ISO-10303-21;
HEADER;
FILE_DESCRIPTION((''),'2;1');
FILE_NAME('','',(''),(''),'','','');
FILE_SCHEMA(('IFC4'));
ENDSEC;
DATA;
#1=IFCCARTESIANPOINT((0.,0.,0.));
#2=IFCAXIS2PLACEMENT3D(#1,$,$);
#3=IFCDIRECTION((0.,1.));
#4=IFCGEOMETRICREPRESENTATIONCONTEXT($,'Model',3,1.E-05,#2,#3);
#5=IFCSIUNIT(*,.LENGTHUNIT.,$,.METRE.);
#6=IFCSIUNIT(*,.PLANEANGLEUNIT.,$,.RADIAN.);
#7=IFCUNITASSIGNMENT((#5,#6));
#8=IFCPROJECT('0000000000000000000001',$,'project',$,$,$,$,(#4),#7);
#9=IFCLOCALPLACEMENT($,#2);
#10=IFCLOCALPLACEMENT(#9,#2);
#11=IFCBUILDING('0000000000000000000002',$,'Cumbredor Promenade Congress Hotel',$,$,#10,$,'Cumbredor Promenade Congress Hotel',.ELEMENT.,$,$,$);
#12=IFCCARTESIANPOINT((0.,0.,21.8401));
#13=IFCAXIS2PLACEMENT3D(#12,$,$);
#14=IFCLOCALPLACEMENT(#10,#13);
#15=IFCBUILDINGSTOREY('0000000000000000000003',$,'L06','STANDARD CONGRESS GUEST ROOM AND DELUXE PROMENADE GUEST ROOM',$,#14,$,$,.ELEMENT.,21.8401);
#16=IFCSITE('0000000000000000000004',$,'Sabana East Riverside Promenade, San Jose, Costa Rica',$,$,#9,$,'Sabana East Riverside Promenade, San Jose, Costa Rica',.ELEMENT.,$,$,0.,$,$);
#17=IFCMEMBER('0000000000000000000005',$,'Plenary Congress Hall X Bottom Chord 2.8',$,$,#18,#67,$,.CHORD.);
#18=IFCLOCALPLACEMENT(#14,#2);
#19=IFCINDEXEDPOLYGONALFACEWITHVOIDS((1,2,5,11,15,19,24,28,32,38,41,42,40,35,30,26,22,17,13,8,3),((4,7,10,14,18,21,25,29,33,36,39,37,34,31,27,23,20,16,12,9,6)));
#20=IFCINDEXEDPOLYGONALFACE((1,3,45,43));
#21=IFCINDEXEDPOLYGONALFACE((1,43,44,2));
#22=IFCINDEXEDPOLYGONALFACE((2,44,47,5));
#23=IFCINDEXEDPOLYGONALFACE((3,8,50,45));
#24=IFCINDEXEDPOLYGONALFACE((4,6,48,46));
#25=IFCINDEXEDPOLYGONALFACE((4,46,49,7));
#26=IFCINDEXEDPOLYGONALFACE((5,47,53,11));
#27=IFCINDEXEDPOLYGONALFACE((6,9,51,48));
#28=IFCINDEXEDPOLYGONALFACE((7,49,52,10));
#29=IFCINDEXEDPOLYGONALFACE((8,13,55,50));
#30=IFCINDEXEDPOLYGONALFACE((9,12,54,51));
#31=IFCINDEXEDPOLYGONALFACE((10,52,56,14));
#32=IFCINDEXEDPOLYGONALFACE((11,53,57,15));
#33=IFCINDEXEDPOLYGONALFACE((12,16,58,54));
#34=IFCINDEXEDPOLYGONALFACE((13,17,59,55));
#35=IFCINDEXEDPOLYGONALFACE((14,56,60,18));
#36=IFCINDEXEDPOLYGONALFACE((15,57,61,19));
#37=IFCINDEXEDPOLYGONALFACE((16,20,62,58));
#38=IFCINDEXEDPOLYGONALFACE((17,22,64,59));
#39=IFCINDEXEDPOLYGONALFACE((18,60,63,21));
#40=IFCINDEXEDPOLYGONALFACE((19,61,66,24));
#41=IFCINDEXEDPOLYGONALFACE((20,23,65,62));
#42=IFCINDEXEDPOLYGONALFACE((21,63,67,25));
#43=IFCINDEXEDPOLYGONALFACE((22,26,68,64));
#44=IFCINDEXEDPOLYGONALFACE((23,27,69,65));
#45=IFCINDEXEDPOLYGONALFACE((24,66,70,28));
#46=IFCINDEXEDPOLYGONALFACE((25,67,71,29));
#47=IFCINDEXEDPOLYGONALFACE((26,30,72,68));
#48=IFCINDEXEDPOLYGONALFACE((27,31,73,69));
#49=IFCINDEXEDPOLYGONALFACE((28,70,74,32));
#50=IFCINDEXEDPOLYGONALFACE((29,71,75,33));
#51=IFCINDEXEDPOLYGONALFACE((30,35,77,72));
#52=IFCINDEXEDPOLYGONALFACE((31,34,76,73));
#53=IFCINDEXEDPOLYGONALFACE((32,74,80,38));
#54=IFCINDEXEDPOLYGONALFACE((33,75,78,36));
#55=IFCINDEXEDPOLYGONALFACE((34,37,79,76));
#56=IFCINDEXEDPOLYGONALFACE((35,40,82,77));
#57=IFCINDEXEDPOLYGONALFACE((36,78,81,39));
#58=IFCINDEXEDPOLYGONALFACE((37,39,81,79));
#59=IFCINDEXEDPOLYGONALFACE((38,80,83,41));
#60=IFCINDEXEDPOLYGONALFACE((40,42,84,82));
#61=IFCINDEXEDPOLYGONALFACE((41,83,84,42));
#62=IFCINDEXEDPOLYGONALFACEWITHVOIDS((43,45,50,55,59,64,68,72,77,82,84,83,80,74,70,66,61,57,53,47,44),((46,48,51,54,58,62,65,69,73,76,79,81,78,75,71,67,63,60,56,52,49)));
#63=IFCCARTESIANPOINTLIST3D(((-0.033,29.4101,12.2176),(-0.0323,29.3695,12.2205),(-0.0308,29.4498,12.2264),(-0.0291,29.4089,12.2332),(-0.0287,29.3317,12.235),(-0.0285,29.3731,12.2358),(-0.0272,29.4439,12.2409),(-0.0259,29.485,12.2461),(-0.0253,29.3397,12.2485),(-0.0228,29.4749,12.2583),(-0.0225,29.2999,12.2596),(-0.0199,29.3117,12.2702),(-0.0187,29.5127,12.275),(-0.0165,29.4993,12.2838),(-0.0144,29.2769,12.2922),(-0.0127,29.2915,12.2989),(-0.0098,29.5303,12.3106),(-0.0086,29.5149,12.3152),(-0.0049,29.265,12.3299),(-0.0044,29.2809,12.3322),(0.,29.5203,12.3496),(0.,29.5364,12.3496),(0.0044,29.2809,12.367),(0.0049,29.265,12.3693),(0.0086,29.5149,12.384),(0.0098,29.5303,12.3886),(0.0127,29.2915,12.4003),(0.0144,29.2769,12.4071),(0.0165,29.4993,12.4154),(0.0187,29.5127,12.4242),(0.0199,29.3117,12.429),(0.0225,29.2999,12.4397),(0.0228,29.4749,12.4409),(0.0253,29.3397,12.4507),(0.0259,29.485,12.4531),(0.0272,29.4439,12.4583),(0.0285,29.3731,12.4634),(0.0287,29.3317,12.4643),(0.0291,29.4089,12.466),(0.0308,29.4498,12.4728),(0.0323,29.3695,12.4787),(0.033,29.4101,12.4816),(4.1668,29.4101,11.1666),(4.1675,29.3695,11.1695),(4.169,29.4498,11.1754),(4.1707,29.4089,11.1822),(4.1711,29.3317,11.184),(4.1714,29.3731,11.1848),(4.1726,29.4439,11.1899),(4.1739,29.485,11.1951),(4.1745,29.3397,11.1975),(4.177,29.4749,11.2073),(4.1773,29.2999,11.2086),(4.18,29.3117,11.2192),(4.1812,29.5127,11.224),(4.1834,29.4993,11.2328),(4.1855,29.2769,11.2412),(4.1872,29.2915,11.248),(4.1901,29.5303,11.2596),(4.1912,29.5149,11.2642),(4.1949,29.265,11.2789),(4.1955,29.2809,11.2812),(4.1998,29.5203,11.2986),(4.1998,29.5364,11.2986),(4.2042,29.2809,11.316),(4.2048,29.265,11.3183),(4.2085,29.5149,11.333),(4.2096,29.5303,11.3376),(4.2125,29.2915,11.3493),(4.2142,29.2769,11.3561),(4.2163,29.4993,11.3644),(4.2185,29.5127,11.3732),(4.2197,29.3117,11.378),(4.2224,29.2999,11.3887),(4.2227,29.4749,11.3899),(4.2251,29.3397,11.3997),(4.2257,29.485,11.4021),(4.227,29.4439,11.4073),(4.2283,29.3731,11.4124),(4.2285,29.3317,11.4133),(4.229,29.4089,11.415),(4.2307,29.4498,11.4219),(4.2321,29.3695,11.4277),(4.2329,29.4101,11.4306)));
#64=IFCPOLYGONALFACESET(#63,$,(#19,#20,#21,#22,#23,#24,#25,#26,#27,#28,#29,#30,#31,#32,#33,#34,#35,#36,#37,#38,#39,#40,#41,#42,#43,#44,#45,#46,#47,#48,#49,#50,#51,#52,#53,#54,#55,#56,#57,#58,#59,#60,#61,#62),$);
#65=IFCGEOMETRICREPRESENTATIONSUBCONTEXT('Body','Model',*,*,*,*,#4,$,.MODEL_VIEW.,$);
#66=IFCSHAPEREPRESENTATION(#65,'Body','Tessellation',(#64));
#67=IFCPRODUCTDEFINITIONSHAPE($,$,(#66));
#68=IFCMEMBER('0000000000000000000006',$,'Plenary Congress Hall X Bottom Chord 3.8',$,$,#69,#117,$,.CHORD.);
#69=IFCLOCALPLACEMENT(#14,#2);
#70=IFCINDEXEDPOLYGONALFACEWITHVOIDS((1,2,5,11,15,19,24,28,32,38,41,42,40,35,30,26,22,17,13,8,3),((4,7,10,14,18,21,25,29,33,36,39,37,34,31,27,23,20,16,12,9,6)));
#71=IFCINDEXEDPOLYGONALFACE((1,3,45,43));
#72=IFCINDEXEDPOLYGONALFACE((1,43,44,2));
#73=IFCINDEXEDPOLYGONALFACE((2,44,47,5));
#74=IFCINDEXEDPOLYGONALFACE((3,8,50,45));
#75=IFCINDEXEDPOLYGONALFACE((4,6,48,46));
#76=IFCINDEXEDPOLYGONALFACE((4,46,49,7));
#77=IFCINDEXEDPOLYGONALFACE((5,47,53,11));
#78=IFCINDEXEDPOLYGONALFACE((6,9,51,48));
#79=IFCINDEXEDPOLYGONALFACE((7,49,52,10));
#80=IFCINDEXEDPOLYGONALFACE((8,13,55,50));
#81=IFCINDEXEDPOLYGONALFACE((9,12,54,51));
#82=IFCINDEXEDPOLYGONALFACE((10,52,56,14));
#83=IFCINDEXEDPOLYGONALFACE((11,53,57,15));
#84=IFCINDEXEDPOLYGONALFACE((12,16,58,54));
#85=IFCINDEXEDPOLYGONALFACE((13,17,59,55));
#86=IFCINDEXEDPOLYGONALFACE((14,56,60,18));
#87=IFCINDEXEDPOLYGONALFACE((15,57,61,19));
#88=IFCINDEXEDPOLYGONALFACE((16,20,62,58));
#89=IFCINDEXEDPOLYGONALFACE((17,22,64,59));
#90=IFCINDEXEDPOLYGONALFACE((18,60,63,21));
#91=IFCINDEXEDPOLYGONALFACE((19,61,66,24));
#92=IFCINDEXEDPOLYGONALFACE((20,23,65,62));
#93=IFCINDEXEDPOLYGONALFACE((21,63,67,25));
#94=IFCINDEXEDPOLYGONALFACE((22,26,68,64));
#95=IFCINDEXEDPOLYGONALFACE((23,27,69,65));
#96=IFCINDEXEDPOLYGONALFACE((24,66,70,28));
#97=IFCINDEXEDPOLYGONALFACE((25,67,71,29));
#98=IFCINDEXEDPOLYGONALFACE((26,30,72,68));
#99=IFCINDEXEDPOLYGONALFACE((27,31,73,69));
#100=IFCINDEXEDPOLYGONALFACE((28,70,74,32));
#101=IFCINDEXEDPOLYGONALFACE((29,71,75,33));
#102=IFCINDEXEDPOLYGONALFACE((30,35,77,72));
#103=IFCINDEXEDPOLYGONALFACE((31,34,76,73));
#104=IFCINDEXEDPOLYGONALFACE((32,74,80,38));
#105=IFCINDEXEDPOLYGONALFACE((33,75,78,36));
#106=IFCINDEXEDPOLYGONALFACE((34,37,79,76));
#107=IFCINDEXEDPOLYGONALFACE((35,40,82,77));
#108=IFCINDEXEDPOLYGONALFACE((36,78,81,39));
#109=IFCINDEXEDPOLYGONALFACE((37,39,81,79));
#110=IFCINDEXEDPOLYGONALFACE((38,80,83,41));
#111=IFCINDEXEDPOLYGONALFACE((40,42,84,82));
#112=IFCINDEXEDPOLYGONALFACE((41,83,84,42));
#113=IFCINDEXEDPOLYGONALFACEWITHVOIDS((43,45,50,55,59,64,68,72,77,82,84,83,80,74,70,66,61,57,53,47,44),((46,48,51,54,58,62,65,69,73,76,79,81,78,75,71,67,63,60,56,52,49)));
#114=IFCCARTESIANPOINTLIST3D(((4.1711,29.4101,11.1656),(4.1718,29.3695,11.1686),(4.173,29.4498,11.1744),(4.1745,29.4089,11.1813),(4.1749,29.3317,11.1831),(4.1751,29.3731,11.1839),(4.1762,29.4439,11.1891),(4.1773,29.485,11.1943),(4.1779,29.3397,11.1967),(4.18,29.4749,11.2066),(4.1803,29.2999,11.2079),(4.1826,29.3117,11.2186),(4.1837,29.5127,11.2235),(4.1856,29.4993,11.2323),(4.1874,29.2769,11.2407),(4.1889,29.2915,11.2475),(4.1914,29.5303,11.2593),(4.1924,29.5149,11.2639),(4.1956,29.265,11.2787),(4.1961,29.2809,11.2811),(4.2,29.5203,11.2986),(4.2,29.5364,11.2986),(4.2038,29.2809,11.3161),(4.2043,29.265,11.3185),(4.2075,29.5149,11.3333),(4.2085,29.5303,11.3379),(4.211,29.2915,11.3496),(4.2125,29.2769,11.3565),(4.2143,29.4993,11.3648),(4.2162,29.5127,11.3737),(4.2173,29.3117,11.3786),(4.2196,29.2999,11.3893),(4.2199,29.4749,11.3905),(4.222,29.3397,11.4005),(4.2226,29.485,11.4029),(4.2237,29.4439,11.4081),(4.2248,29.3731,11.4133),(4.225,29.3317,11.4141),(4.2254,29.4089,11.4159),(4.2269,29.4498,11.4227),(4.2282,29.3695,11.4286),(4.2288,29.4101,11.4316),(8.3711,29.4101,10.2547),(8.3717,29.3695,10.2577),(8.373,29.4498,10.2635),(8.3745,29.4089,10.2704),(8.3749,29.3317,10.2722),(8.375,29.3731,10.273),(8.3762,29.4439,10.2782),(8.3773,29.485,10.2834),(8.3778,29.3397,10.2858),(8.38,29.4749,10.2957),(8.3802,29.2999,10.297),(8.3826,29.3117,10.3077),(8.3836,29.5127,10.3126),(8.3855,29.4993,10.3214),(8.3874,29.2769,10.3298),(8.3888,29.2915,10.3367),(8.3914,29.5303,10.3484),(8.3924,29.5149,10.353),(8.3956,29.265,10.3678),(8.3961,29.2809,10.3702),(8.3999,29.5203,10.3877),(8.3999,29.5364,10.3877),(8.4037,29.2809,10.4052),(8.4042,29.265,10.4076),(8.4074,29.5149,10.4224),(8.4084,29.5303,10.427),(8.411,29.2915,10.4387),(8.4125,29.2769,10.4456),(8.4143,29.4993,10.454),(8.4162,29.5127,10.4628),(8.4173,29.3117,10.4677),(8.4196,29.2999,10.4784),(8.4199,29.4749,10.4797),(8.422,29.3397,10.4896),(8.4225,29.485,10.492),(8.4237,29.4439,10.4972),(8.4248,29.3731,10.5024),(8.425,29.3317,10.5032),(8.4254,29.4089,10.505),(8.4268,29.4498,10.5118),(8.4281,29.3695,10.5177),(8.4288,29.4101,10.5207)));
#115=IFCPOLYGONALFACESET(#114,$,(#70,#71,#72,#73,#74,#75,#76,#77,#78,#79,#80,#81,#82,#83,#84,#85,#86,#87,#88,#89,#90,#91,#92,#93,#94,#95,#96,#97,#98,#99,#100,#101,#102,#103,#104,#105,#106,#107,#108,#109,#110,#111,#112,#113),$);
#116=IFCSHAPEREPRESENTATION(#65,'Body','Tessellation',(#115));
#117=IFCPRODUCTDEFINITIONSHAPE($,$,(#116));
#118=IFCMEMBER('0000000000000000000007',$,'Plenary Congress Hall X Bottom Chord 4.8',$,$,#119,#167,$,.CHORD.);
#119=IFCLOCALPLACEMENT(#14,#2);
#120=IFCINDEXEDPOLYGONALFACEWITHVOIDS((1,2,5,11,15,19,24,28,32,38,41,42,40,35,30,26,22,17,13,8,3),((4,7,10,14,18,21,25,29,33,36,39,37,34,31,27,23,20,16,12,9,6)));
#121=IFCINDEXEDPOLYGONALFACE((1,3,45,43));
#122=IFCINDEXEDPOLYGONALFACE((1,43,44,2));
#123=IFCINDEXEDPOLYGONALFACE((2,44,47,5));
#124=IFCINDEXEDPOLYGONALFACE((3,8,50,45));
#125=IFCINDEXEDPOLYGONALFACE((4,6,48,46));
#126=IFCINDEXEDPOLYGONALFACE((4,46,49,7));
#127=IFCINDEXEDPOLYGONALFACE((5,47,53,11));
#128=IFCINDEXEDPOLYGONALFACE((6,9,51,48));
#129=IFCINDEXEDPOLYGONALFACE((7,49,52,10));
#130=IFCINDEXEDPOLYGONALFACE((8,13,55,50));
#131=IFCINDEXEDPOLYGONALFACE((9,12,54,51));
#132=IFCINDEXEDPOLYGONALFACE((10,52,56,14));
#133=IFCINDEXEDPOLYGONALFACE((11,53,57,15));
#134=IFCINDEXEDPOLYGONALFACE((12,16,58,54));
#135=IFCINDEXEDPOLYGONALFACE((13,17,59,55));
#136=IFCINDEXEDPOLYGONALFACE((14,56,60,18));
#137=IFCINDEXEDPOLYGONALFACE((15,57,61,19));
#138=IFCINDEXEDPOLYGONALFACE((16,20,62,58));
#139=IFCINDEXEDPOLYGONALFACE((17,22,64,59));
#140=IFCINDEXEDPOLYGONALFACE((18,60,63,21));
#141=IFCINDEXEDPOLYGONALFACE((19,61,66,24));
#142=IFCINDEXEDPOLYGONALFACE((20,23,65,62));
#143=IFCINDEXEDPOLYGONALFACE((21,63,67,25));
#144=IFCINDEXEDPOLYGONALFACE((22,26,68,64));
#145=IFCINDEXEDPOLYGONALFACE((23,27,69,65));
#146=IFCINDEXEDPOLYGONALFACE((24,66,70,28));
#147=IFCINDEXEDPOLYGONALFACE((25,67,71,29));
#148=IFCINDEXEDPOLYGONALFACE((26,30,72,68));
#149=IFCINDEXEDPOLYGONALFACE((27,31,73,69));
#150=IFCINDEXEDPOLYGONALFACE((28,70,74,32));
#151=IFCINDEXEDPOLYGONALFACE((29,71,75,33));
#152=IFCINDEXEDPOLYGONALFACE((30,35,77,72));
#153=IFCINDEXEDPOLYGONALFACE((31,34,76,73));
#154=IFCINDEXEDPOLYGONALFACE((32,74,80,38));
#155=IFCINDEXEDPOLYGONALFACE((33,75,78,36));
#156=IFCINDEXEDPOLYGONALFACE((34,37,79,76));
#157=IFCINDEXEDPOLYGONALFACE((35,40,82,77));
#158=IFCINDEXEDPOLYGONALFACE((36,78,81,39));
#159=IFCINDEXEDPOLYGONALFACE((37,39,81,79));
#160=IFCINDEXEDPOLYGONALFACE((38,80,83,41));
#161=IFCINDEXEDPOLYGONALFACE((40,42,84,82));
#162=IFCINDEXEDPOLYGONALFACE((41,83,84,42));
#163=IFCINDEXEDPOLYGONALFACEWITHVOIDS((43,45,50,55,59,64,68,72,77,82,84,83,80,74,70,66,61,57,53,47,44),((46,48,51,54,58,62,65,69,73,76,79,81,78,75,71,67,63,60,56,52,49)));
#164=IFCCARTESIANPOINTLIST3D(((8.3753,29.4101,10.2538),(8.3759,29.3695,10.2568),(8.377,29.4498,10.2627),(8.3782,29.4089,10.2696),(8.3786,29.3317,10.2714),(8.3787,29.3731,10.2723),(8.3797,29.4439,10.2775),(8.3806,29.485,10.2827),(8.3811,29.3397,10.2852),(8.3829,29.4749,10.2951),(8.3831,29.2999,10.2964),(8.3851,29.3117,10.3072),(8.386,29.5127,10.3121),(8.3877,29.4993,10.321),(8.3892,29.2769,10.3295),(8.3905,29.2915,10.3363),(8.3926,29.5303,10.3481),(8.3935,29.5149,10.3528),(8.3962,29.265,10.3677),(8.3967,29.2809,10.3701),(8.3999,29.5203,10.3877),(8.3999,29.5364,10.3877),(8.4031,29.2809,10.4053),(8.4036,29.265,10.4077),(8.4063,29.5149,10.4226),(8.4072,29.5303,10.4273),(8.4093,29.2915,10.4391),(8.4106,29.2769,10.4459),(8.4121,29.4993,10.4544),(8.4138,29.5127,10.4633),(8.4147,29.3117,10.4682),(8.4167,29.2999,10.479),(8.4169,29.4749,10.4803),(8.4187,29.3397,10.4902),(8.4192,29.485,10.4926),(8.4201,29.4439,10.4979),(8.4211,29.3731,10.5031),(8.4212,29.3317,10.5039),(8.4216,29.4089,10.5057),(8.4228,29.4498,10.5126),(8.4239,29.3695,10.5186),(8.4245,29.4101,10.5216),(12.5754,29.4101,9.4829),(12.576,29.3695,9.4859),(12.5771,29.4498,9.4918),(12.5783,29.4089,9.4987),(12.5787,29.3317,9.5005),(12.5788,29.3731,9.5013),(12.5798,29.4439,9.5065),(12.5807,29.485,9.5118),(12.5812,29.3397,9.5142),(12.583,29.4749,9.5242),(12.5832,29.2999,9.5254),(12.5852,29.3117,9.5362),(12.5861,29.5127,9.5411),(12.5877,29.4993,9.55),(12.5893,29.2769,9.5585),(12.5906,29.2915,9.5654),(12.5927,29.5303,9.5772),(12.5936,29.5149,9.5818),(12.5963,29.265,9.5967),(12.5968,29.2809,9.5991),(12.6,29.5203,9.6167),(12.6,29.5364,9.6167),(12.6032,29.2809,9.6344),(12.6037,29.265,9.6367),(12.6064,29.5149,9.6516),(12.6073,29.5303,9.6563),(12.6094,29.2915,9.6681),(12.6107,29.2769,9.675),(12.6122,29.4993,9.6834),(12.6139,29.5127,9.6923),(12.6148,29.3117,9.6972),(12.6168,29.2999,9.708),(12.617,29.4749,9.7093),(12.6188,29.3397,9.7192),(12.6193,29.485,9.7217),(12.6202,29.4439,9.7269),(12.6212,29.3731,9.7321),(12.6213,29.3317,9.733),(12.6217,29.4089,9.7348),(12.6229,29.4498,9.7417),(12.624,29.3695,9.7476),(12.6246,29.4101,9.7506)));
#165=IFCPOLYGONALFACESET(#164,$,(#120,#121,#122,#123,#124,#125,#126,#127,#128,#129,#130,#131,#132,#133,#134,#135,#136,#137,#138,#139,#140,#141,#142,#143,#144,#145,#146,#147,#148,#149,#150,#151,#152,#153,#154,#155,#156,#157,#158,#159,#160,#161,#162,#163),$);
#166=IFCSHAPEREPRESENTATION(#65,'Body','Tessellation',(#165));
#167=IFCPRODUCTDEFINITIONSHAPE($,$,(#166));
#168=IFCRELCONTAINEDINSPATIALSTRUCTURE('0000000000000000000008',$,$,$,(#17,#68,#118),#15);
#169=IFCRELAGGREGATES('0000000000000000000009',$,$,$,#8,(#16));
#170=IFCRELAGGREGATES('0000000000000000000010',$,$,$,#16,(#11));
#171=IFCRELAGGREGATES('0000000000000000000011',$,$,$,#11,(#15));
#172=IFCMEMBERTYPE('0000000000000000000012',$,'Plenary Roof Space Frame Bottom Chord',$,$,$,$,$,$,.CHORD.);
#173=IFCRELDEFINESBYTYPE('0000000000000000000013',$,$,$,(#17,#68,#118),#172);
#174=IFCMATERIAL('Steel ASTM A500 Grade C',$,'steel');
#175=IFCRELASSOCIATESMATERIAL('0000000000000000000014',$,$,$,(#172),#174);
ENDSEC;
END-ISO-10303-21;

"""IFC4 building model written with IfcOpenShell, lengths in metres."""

from ifc_helpers import new_model, si_unit, direction, frame, origin, origin_2d, place, context, subcontext, project, spatial, hollow_circle, extrude, material, material_profile, profile_set, type_object, element, save


model = new_model("IFC4")

# Units and contexts
model_context = context("Model", 3, precision=1e-05, world=origin(), true_north=direction((0.0, 1.0)))
body_context = subcontext(model_context, "Body", "Model", "MODEL_VIEW")
ifc_project = project(units=[si_unit("LENGTHUNIT", "METRE"), si_unit("PLANEANGLEUNIT", "RADIAN")], contexts=[model_context])

# Site, building, storey
site_placement = place(None, origin())
site = spatial("IfcSite", under=ifc_project, at=site_placement, Name="Sabana East Riverside Promenade, San Jose, Costa Rica", LongName="Sabana East Riverside Promenade, San Jose, Costa Rica", CompositionType="ELEMENT", RefElevation=0.0)
building_placement = place(site_placement, origin())
building = spatial("IfcBuilding", under=site, at=building_placement, Name="Cumbredor Promenade Congress Hotel", LongName="Cumbredor Promenade Congress Hotel", CompositionType="ELEMENT")
storey_placement = place(building_placement, frame((0.0, 0.0, 21.8401)))
storey = spatial("IfcBuildingStorey", under=building, at=storey_placement, Name="L06", Description="STANDARD CONGRESS GUEST ROOM AND DELUXE PROMENADE GUEST ROOM", CompositionType="ELEMENT", Elevation=21.8401)

# Members
ifc_material_1 = material(Name="Steel ASTM A500 Grade C", Category="steel")
ifc_material_profile_1 = material_profile(ifc_material_1, hollow_circle(Radius=0.1365, WallThickness=0.0161, at=origin_2d()), Name="CHS 273.0x16")
ifc_profile_set_1 = profile_set([ifc_material_profile_1], Name="Steel ASTM A500 Grade C")
member_type_1 = type_object("IfcMemberType", Name="Plenary Roof Space Frame Bottom Chord", PredefinedType="CHORD", material=ifc_profile_set_1)
member_1_placement = place(storey_placement, frame((0.0, 29.3999, 12.3496), z_axis=(0.970086, 0.0, -0.242761), x_axis=(0.0, 1.0, 0.0)))
element("IfcMember", 1, at=member_1_placement, inside=storey, type_object=member_type_1, Name="Plenary Congress Hall X Bottom Chord 2.8", PredefinedType="CHORD", context=body_context, shape_type="SweptSolid", body=[
    extrude(hollow_circle(Radius=0.1365, WallThickness=0.0161, at=origin_2d()), origin(), (0.0, 0.0, 1.0), 4.3293),
])
member_2_placement = place(storey_placement, frame((4.2, 29.3999, 11.2986), z_axis=(0.97728, 0.0, -0.211953), x_axis=(0.0, 1.0, 0.0)))
element("IfcMember", 2, at=member_2_placement, inside=storey, type_object=member_type_1, Name="Plenary Congress Hall X Bottom Chord 3.8", PredefinedType="CHORD", context=body_context, shape_type="SweptSolid", body=[
    extrude(hollow_circle(Radius=0.1365, WallThickness=0.0161, at=origin_2d()), origin(), (0.0, 0.0, 1.0), 4.2976),
])
member_3_placement = place(storey_placement, frame((8.3999, 29.3999, 10.3877), z_axis=(0.983567, 0.0, -0.180545), x_axis=(0.0, 1.0, 0.0)))
element("IfcMember", 3, at=member_3_placement, inside=storey, type_object=member_type_1, Name="Plenary Congress Hall X Bottom Chord 4.8", PredefinedType="CHORD", context=body_context, shape_type="SweptSolid", body=[
    extrude(hollow_circle(Radius=0.1365, WallThickness=0.0161, at=origin_2d()), origin(), (0.0, 0.0, 1.0), 4.2703),
])

save(model, "model.ifc")
